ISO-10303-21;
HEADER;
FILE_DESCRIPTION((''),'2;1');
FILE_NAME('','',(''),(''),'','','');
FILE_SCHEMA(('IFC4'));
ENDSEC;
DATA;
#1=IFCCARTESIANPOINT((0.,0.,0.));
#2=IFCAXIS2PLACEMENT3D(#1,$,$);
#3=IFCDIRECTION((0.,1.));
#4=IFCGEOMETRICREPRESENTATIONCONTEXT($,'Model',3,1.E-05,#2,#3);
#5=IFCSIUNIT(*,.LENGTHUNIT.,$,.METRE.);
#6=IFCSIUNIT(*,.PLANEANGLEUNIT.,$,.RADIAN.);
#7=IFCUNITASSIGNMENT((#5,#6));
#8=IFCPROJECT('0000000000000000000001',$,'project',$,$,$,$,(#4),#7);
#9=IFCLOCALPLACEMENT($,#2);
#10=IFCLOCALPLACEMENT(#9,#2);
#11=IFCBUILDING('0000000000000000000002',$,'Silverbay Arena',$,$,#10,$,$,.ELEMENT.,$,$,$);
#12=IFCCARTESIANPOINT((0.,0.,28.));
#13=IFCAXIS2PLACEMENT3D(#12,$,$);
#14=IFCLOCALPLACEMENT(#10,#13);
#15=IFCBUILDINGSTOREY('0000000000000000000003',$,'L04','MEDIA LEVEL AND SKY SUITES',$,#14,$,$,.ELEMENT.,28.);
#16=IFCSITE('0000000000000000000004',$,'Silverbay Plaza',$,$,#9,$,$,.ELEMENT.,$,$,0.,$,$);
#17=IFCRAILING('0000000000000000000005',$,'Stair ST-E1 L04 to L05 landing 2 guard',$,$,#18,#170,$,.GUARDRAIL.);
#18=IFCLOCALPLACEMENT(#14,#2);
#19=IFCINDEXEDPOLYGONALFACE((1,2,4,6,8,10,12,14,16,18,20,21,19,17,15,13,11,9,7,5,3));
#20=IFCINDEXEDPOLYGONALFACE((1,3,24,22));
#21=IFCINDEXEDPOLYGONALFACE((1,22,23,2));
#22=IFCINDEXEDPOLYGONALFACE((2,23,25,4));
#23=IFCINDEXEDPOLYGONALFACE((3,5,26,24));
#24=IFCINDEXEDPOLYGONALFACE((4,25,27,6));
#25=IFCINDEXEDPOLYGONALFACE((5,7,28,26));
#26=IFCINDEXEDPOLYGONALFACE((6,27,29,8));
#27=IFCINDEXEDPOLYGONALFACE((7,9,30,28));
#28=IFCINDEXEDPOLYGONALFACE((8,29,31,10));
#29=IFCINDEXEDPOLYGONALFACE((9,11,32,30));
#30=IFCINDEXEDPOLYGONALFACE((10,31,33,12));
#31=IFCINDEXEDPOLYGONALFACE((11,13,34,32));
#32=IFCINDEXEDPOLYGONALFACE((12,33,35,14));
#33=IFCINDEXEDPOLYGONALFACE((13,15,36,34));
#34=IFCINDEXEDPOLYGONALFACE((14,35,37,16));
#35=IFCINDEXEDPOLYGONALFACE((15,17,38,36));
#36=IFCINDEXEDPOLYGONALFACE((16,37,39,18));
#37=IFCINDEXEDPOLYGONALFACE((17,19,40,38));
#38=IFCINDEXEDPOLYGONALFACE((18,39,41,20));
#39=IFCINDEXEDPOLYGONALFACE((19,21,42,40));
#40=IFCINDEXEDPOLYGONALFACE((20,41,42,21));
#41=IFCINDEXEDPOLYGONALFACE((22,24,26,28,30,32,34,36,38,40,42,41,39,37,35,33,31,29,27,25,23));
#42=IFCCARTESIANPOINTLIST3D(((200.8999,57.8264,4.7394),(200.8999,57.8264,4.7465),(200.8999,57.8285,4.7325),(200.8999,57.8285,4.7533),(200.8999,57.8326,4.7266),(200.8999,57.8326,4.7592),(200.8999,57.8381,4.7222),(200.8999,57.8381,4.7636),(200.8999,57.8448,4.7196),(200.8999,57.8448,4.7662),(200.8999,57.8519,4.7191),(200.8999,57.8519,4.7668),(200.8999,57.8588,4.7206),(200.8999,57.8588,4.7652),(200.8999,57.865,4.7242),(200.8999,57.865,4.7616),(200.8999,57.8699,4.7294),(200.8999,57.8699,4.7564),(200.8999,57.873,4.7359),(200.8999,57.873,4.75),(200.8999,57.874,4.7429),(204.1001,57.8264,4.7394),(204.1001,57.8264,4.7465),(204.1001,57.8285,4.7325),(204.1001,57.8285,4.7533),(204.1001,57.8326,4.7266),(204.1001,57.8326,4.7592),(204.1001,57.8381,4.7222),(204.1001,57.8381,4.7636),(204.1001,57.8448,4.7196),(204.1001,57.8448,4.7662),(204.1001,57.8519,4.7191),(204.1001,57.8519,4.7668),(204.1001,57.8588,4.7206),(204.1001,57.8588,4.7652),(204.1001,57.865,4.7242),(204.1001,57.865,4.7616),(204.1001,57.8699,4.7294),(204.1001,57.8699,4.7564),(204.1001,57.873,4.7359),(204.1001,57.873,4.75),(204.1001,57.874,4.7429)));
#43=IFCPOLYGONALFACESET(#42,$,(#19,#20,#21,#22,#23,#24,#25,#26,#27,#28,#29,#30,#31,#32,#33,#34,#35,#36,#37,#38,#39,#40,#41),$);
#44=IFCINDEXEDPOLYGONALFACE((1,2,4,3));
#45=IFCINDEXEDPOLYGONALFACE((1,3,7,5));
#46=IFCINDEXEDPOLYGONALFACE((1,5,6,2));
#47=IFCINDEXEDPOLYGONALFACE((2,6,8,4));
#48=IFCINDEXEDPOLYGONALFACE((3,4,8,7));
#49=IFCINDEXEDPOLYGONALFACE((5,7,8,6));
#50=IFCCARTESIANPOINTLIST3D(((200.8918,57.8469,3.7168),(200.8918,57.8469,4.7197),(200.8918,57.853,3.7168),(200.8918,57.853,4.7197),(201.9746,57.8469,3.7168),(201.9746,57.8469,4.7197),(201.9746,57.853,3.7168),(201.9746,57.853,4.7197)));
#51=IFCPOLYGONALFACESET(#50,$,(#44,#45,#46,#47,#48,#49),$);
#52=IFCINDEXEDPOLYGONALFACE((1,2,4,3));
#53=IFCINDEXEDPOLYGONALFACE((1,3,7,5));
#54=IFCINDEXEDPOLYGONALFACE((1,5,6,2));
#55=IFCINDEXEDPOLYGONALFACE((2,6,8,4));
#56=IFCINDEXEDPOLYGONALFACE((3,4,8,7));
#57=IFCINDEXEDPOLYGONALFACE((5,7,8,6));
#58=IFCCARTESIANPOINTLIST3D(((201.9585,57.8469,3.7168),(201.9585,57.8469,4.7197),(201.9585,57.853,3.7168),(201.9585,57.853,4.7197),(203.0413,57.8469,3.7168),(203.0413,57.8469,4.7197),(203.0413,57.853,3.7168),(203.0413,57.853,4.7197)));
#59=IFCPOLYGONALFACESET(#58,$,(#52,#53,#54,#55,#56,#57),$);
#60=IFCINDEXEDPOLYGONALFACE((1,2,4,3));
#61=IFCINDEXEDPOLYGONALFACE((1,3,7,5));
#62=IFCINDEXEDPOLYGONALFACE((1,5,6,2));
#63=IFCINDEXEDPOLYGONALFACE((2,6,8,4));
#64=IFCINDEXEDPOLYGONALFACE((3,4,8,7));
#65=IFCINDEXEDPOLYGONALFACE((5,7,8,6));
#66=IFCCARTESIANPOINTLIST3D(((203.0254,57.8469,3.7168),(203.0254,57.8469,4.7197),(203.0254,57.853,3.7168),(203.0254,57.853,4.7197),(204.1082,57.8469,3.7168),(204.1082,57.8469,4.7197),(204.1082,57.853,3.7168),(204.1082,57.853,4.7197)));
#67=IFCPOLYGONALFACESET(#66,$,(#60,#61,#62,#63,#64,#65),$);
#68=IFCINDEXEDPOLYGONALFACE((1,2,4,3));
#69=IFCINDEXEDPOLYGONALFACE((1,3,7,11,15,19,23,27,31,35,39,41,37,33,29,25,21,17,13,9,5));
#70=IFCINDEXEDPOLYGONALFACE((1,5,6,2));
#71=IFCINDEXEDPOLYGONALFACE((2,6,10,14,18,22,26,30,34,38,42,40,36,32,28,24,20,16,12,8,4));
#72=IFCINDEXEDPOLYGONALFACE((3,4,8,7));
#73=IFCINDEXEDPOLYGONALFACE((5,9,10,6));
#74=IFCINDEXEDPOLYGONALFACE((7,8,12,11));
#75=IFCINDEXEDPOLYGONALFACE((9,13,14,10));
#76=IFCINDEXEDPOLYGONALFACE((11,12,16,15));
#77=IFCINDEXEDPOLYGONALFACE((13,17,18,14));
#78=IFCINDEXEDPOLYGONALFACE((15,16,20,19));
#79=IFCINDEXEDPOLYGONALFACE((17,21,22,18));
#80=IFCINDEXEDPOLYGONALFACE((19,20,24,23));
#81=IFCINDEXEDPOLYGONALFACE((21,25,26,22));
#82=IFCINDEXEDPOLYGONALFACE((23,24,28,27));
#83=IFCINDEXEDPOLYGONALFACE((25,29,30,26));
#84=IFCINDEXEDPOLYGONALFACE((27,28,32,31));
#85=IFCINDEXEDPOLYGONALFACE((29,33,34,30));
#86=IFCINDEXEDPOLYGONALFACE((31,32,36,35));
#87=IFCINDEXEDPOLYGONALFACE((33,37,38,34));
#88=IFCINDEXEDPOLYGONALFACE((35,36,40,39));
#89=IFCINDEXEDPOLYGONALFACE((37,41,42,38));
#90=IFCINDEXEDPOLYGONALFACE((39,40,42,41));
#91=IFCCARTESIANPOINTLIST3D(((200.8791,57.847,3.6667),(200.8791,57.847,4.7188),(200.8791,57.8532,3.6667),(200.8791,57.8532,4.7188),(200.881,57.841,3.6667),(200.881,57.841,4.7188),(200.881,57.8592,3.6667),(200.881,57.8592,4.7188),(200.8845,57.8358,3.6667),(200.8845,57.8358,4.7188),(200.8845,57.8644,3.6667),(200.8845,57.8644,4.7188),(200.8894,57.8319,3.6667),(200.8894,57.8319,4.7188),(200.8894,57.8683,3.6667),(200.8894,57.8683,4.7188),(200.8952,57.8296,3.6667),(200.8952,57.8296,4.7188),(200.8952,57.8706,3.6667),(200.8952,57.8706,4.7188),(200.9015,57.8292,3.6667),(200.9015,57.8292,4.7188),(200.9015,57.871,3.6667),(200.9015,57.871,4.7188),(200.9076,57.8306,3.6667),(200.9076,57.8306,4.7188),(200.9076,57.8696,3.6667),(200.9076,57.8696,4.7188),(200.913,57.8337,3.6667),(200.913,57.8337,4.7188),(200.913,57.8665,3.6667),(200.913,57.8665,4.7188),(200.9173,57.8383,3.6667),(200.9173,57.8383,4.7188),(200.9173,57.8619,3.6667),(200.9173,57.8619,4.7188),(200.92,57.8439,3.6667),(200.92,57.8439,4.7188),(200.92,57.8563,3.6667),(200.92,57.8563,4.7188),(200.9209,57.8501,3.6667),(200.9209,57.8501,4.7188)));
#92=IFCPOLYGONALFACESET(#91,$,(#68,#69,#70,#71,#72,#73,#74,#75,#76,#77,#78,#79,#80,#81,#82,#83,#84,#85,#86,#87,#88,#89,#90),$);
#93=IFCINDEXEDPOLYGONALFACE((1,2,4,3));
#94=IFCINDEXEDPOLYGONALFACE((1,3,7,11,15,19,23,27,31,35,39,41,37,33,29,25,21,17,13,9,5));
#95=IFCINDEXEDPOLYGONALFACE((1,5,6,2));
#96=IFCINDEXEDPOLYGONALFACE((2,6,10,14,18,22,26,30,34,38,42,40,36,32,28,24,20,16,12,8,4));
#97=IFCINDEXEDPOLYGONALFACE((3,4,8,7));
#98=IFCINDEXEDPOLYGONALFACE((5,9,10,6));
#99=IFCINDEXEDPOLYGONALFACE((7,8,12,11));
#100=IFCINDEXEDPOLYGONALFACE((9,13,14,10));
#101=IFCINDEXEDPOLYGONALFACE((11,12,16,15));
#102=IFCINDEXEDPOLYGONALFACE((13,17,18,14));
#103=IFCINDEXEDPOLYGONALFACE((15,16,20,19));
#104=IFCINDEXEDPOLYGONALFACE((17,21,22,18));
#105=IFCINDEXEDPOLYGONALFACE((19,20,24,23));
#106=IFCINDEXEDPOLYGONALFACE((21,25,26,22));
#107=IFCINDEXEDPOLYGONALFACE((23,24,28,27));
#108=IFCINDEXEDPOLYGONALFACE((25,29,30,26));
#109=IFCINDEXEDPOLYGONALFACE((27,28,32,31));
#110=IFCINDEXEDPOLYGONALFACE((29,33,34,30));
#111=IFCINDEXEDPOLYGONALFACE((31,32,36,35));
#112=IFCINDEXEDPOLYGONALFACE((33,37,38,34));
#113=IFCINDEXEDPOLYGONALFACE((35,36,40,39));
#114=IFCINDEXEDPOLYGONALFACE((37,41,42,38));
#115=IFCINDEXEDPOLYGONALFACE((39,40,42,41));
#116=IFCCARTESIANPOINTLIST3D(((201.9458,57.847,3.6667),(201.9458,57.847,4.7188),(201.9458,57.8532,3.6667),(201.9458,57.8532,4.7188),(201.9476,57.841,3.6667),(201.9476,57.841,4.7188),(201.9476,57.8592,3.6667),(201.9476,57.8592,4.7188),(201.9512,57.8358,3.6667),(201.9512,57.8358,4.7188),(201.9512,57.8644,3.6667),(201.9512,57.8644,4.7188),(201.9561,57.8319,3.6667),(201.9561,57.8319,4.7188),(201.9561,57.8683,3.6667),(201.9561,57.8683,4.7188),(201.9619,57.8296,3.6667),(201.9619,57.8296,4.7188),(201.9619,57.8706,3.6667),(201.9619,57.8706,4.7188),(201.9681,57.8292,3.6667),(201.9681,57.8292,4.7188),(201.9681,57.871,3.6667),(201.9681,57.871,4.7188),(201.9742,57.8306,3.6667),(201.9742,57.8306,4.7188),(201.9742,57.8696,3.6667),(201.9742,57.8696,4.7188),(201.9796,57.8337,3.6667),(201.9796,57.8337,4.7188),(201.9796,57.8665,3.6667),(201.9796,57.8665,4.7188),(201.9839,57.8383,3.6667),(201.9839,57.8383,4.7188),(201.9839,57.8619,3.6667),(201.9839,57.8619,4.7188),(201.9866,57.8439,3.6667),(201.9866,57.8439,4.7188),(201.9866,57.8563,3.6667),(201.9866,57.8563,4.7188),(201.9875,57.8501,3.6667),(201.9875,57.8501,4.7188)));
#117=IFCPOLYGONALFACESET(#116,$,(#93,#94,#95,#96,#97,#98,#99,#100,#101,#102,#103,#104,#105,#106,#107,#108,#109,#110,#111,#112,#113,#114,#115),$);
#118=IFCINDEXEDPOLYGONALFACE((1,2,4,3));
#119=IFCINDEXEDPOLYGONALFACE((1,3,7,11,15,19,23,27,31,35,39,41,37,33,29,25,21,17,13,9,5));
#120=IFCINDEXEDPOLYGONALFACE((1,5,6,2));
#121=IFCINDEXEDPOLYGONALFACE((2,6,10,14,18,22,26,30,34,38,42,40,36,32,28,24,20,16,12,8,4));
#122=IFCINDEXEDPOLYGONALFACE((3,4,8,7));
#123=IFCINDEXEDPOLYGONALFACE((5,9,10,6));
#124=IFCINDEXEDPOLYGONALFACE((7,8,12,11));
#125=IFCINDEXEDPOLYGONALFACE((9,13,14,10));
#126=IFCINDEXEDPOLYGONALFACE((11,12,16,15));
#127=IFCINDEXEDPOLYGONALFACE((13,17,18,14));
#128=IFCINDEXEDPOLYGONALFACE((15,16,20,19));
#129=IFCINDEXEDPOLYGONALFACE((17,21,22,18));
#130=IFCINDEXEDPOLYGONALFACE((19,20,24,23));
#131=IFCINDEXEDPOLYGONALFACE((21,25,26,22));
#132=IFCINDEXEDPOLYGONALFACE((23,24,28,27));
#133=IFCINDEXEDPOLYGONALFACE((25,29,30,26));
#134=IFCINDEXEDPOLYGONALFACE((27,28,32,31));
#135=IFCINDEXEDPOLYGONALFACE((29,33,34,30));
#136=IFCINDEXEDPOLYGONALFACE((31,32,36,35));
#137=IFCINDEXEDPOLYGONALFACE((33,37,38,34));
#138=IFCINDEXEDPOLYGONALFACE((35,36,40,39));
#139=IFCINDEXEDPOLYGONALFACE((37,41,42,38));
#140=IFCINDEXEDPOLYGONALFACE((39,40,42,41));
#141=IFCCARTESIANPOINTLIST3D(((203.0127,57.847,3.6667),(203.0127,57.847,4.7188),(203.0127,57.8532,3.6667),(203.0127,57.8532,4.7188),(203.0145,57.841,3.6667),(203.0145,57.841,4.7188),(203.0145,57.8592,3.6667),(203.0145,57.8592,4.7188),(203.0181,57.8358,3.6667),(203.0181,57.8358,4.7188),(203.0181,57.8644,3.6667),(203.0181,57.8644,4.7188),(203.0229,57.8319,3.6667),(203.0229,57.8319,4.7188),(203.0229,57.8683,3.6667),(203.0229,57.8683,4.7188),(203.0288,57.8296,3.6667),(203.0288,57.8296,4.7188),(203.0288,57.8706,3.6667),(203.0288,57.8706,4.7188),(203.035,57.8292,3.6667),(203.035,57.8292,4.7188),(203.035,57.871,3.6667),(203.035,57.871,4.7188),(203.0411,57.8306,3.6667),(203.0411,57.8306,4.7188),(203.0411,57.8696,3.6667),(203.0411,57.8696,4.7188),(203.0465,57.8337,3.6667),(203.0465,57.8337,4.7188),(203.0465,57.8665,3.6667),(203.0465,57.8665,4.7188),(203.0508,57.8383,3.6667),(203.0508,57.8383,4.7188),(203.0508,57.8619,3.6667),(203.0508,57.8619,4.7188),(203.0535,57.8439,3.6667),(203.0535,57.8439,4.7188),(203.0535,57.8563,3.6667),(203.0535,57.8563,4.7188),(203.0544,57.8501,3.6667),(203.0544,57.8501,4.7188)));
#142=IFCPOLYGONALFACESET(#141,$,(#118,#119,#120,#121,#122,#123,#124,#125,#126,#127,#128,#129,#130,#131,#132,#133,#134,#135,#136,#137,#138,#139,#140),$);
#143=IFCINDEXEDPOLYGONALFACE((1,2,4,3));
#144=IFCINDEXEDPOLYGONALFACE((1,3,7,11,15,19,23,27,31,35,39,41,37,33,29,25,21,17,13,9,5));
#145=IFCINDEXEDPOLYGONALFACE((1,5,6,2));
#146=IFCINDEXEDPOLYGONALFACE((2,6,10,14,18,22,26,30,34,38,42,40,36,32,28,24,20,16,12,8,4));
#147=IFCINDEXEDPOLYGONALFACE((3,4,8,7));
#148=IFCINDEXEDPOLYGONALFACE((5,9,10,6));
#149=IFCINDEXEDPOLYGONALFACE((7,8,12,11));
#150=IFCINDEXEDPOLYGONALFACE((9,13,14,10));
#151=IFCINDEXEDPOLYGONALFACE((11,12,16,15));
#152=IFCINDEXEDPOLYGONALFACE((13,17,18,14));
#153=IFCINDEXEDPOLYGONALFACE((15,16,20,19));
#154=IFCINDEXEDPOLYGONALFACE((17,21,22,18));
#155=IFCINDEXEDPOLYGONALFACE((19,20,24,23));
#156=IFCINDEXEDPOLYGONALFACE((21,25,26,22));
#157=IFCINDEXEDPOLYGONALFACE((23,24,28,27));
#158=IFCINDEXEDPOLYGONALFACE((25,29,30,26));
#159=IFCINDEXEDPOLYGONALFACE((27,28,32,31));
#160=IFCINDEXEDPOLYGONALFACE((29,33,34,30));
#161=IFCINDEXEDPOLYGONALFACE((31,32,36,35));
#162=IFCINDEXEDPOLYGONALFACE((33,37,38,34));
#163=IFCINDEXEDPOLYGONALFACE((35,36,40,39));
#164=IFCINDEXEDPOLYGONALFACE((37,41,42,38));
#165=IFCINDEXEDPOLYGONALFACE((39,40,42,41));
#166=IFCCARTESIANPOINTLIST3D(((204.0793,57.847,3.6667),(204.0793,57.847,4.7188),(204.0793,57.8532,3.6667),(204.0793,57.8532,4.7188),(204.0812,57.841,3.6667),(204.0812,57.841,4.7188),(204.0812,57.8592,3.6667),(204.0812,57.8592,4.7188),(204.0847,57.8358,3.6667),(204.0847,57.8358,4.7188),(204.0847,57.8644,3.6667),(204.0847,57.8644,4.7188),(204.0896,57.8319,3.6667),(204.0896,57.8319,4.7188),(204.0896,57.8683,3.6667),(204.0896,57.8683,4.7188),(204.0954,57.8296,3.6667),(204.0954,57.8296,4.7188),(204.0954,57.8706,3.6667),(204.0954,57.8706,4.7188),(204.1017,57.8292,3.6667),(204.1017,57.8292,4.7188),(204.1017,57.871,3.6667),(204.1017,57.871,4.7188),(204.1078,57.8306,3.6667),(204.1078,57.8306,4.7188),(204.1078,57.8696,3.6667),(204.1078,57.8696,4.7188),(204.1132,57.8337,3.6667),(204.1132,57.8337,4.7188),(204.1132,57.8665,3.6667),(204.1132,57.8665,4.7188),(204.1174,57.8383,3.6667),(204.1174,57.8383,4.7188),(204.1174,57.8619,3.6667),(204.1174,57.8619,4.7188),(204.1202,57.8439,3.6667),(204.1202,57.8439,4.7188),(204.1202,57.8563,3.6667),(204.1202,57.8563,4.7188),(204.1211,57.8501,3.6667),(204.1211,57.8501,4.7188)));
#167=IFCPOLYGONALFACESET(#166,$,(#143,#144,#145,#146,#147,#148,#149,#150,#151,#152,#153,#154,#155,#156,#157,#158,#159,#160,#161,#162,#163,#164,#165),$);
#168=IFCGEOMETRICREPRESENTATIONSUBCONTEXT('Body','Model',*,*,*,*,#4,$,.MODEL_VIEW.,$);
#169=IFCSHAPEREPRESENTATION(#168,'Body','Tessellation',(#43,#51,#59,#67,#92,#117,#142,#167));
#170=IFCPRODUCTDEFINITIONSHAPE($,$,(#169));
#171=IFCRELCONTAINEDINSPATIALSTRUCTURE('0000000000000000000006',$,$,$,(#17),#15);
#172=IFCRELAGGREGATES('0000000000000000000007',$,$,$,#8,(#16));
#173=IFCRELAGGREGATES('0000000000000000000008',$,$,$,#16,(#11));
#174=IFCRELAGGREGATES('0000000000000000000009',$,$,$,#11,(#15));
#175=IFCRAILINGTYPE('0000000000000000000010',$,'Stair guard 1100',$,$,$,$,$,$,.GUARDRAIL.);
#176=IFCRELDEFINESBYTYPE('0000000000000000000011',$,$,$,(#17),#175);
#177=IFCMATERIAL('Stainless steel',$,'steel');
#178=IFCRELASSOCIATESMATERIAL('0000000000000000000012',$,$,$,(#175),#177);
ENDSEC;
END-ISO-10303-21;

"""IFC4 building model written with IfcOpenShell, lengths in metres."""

from ifc_helpers import new_model, si_unit, direction, frame, origin, origin_2d, place, context, subcontext, project, spatial, polyline, circle, outline, extrude, material, type_object, element, save


model = new_model("IFC4")

# Units and contexts
model_context = context("Model", 3, precision=1e-05, world=origin(), true_north=direction((0.0, 1.0)))
body_context = subcontext(model_context, "Body", "Model", "MODEL_VIEW")
ifc_project = project(units=[si_unit("LENGTHUNIT", "METRE"), si_unit("PLANEANGLEUNIT", "RADIAN")], contexts=[model_context])

# Site, building, storey
site_placement = place(None, origin())
site = spatial("IfcSite", under=ifc_project, at=site_placement, Name="Silverbay Plaza", CompositionType="ELEMENT", RefElevation=0.0)
building_placement = place(site_placement, origin())
building = spatial("IfcBuilding", under=site, at=building_placement, Name="Silverbay Arena", CompositionType="ELEMENT")
storey_placement = place(building_placement, frame((0.0, 0.0, 28.0)))
storey = spatial("IfcBuildingStorey", under=building, at=storey_placement, Name="L04", Description="MEDIA LEVEL AND SKY SUITES", CompositionType="ELEMENT", Elevation=28.0)

# Railing
ifc_material_1 = material(Name="Stainless steel", Category="steel")
railing_type_1 = type_object("IfcRailingType", Name="Stair guard 1100", PredefinedType="GUARDRAIL", material=ifc_material_1)
railing_1_placement = place(storey_placement, frame((200.8999, 57.8501, 3.6667)))
element("IfcRailing", 1, at=railing_1_placement, inside=storey, type_object=railing_type_1, Name="Stair ST-E1 L04 to L05 landing 2 guard", PredefinedType="GUARDRAIL", context=body_context, shape_type="SweptSolid", body=[
    extrude(circle(Radius=0.0239, at=origin_2d()), frame((0.0, 0.0, 1.0762), z_axis=(1.0, 0.0, 0.0), x_axis=(0.0, 1.0, 0.0)), (0.0, 0.0, 1.0), 3.2002),
    extrude(outline(polyline([(-0.0081, 0.05), (1.0747, 0.05), (1.0747, 1.053), (-0.0081, 1.053), (-0.0081, 0.05)])), frame((0.0, 0.0029, 0.0), z_axis=(0.0, -1.0, 0.0), x_axis=(1.0, 0.0, 0.0)), (0.0, 0.0, 1.0), 0.0061),
    extrude(outline(polyline([(-0.0081, 0.05), (1.0747, 0.05), (1.0747, 1.053), (-0.0081, 1.053), (-0.0081, 0.05)])), frame((1.0667, 0.0029, 0.0), z_axis=(0.0, -1.0, 0.0), x_axis=(1.0, 0.0, 0.0)), (0.0, 0.0, 1.0), 0.0061),
    extrude(outline(polyline([(-0.0081, 0.05), (1.0747, 0.05), (1.0747, 1.053), (-0.0081, 1.053), (-0.0081, 0.05)])), frame((2.1335, 0.0029, 0.0), z_axis=(0.0, -1.0, 0.0), x_axis=(1.0, 0.0, 0.0)), (0.0, 0.0, 1.0), 0.0061),
    extrude(circle(Radius=0.021, at=origin_2d()), origin(), (0.0, 0.0, 1.0), 1.052),
    extrude(circle(Radius=0.021, at=origin_2d()), frame((1.0667, 0.0, 0.0)), (0.0, 0.0, 1.0), 1.052),
    extrude(circle(Radius=0.021, at=origin_2d()), frame((2.1335, 0.0, 0.0)), (0.0, 0.0, 1.0), 1.052),
    extrude(circle(Radius=0.021, at=origin_2d()), frame((3.2002, 0.0, 0.0)), (0.0, 0.0, 1.0), 1.052),
])

save(model, "model.ifc")
